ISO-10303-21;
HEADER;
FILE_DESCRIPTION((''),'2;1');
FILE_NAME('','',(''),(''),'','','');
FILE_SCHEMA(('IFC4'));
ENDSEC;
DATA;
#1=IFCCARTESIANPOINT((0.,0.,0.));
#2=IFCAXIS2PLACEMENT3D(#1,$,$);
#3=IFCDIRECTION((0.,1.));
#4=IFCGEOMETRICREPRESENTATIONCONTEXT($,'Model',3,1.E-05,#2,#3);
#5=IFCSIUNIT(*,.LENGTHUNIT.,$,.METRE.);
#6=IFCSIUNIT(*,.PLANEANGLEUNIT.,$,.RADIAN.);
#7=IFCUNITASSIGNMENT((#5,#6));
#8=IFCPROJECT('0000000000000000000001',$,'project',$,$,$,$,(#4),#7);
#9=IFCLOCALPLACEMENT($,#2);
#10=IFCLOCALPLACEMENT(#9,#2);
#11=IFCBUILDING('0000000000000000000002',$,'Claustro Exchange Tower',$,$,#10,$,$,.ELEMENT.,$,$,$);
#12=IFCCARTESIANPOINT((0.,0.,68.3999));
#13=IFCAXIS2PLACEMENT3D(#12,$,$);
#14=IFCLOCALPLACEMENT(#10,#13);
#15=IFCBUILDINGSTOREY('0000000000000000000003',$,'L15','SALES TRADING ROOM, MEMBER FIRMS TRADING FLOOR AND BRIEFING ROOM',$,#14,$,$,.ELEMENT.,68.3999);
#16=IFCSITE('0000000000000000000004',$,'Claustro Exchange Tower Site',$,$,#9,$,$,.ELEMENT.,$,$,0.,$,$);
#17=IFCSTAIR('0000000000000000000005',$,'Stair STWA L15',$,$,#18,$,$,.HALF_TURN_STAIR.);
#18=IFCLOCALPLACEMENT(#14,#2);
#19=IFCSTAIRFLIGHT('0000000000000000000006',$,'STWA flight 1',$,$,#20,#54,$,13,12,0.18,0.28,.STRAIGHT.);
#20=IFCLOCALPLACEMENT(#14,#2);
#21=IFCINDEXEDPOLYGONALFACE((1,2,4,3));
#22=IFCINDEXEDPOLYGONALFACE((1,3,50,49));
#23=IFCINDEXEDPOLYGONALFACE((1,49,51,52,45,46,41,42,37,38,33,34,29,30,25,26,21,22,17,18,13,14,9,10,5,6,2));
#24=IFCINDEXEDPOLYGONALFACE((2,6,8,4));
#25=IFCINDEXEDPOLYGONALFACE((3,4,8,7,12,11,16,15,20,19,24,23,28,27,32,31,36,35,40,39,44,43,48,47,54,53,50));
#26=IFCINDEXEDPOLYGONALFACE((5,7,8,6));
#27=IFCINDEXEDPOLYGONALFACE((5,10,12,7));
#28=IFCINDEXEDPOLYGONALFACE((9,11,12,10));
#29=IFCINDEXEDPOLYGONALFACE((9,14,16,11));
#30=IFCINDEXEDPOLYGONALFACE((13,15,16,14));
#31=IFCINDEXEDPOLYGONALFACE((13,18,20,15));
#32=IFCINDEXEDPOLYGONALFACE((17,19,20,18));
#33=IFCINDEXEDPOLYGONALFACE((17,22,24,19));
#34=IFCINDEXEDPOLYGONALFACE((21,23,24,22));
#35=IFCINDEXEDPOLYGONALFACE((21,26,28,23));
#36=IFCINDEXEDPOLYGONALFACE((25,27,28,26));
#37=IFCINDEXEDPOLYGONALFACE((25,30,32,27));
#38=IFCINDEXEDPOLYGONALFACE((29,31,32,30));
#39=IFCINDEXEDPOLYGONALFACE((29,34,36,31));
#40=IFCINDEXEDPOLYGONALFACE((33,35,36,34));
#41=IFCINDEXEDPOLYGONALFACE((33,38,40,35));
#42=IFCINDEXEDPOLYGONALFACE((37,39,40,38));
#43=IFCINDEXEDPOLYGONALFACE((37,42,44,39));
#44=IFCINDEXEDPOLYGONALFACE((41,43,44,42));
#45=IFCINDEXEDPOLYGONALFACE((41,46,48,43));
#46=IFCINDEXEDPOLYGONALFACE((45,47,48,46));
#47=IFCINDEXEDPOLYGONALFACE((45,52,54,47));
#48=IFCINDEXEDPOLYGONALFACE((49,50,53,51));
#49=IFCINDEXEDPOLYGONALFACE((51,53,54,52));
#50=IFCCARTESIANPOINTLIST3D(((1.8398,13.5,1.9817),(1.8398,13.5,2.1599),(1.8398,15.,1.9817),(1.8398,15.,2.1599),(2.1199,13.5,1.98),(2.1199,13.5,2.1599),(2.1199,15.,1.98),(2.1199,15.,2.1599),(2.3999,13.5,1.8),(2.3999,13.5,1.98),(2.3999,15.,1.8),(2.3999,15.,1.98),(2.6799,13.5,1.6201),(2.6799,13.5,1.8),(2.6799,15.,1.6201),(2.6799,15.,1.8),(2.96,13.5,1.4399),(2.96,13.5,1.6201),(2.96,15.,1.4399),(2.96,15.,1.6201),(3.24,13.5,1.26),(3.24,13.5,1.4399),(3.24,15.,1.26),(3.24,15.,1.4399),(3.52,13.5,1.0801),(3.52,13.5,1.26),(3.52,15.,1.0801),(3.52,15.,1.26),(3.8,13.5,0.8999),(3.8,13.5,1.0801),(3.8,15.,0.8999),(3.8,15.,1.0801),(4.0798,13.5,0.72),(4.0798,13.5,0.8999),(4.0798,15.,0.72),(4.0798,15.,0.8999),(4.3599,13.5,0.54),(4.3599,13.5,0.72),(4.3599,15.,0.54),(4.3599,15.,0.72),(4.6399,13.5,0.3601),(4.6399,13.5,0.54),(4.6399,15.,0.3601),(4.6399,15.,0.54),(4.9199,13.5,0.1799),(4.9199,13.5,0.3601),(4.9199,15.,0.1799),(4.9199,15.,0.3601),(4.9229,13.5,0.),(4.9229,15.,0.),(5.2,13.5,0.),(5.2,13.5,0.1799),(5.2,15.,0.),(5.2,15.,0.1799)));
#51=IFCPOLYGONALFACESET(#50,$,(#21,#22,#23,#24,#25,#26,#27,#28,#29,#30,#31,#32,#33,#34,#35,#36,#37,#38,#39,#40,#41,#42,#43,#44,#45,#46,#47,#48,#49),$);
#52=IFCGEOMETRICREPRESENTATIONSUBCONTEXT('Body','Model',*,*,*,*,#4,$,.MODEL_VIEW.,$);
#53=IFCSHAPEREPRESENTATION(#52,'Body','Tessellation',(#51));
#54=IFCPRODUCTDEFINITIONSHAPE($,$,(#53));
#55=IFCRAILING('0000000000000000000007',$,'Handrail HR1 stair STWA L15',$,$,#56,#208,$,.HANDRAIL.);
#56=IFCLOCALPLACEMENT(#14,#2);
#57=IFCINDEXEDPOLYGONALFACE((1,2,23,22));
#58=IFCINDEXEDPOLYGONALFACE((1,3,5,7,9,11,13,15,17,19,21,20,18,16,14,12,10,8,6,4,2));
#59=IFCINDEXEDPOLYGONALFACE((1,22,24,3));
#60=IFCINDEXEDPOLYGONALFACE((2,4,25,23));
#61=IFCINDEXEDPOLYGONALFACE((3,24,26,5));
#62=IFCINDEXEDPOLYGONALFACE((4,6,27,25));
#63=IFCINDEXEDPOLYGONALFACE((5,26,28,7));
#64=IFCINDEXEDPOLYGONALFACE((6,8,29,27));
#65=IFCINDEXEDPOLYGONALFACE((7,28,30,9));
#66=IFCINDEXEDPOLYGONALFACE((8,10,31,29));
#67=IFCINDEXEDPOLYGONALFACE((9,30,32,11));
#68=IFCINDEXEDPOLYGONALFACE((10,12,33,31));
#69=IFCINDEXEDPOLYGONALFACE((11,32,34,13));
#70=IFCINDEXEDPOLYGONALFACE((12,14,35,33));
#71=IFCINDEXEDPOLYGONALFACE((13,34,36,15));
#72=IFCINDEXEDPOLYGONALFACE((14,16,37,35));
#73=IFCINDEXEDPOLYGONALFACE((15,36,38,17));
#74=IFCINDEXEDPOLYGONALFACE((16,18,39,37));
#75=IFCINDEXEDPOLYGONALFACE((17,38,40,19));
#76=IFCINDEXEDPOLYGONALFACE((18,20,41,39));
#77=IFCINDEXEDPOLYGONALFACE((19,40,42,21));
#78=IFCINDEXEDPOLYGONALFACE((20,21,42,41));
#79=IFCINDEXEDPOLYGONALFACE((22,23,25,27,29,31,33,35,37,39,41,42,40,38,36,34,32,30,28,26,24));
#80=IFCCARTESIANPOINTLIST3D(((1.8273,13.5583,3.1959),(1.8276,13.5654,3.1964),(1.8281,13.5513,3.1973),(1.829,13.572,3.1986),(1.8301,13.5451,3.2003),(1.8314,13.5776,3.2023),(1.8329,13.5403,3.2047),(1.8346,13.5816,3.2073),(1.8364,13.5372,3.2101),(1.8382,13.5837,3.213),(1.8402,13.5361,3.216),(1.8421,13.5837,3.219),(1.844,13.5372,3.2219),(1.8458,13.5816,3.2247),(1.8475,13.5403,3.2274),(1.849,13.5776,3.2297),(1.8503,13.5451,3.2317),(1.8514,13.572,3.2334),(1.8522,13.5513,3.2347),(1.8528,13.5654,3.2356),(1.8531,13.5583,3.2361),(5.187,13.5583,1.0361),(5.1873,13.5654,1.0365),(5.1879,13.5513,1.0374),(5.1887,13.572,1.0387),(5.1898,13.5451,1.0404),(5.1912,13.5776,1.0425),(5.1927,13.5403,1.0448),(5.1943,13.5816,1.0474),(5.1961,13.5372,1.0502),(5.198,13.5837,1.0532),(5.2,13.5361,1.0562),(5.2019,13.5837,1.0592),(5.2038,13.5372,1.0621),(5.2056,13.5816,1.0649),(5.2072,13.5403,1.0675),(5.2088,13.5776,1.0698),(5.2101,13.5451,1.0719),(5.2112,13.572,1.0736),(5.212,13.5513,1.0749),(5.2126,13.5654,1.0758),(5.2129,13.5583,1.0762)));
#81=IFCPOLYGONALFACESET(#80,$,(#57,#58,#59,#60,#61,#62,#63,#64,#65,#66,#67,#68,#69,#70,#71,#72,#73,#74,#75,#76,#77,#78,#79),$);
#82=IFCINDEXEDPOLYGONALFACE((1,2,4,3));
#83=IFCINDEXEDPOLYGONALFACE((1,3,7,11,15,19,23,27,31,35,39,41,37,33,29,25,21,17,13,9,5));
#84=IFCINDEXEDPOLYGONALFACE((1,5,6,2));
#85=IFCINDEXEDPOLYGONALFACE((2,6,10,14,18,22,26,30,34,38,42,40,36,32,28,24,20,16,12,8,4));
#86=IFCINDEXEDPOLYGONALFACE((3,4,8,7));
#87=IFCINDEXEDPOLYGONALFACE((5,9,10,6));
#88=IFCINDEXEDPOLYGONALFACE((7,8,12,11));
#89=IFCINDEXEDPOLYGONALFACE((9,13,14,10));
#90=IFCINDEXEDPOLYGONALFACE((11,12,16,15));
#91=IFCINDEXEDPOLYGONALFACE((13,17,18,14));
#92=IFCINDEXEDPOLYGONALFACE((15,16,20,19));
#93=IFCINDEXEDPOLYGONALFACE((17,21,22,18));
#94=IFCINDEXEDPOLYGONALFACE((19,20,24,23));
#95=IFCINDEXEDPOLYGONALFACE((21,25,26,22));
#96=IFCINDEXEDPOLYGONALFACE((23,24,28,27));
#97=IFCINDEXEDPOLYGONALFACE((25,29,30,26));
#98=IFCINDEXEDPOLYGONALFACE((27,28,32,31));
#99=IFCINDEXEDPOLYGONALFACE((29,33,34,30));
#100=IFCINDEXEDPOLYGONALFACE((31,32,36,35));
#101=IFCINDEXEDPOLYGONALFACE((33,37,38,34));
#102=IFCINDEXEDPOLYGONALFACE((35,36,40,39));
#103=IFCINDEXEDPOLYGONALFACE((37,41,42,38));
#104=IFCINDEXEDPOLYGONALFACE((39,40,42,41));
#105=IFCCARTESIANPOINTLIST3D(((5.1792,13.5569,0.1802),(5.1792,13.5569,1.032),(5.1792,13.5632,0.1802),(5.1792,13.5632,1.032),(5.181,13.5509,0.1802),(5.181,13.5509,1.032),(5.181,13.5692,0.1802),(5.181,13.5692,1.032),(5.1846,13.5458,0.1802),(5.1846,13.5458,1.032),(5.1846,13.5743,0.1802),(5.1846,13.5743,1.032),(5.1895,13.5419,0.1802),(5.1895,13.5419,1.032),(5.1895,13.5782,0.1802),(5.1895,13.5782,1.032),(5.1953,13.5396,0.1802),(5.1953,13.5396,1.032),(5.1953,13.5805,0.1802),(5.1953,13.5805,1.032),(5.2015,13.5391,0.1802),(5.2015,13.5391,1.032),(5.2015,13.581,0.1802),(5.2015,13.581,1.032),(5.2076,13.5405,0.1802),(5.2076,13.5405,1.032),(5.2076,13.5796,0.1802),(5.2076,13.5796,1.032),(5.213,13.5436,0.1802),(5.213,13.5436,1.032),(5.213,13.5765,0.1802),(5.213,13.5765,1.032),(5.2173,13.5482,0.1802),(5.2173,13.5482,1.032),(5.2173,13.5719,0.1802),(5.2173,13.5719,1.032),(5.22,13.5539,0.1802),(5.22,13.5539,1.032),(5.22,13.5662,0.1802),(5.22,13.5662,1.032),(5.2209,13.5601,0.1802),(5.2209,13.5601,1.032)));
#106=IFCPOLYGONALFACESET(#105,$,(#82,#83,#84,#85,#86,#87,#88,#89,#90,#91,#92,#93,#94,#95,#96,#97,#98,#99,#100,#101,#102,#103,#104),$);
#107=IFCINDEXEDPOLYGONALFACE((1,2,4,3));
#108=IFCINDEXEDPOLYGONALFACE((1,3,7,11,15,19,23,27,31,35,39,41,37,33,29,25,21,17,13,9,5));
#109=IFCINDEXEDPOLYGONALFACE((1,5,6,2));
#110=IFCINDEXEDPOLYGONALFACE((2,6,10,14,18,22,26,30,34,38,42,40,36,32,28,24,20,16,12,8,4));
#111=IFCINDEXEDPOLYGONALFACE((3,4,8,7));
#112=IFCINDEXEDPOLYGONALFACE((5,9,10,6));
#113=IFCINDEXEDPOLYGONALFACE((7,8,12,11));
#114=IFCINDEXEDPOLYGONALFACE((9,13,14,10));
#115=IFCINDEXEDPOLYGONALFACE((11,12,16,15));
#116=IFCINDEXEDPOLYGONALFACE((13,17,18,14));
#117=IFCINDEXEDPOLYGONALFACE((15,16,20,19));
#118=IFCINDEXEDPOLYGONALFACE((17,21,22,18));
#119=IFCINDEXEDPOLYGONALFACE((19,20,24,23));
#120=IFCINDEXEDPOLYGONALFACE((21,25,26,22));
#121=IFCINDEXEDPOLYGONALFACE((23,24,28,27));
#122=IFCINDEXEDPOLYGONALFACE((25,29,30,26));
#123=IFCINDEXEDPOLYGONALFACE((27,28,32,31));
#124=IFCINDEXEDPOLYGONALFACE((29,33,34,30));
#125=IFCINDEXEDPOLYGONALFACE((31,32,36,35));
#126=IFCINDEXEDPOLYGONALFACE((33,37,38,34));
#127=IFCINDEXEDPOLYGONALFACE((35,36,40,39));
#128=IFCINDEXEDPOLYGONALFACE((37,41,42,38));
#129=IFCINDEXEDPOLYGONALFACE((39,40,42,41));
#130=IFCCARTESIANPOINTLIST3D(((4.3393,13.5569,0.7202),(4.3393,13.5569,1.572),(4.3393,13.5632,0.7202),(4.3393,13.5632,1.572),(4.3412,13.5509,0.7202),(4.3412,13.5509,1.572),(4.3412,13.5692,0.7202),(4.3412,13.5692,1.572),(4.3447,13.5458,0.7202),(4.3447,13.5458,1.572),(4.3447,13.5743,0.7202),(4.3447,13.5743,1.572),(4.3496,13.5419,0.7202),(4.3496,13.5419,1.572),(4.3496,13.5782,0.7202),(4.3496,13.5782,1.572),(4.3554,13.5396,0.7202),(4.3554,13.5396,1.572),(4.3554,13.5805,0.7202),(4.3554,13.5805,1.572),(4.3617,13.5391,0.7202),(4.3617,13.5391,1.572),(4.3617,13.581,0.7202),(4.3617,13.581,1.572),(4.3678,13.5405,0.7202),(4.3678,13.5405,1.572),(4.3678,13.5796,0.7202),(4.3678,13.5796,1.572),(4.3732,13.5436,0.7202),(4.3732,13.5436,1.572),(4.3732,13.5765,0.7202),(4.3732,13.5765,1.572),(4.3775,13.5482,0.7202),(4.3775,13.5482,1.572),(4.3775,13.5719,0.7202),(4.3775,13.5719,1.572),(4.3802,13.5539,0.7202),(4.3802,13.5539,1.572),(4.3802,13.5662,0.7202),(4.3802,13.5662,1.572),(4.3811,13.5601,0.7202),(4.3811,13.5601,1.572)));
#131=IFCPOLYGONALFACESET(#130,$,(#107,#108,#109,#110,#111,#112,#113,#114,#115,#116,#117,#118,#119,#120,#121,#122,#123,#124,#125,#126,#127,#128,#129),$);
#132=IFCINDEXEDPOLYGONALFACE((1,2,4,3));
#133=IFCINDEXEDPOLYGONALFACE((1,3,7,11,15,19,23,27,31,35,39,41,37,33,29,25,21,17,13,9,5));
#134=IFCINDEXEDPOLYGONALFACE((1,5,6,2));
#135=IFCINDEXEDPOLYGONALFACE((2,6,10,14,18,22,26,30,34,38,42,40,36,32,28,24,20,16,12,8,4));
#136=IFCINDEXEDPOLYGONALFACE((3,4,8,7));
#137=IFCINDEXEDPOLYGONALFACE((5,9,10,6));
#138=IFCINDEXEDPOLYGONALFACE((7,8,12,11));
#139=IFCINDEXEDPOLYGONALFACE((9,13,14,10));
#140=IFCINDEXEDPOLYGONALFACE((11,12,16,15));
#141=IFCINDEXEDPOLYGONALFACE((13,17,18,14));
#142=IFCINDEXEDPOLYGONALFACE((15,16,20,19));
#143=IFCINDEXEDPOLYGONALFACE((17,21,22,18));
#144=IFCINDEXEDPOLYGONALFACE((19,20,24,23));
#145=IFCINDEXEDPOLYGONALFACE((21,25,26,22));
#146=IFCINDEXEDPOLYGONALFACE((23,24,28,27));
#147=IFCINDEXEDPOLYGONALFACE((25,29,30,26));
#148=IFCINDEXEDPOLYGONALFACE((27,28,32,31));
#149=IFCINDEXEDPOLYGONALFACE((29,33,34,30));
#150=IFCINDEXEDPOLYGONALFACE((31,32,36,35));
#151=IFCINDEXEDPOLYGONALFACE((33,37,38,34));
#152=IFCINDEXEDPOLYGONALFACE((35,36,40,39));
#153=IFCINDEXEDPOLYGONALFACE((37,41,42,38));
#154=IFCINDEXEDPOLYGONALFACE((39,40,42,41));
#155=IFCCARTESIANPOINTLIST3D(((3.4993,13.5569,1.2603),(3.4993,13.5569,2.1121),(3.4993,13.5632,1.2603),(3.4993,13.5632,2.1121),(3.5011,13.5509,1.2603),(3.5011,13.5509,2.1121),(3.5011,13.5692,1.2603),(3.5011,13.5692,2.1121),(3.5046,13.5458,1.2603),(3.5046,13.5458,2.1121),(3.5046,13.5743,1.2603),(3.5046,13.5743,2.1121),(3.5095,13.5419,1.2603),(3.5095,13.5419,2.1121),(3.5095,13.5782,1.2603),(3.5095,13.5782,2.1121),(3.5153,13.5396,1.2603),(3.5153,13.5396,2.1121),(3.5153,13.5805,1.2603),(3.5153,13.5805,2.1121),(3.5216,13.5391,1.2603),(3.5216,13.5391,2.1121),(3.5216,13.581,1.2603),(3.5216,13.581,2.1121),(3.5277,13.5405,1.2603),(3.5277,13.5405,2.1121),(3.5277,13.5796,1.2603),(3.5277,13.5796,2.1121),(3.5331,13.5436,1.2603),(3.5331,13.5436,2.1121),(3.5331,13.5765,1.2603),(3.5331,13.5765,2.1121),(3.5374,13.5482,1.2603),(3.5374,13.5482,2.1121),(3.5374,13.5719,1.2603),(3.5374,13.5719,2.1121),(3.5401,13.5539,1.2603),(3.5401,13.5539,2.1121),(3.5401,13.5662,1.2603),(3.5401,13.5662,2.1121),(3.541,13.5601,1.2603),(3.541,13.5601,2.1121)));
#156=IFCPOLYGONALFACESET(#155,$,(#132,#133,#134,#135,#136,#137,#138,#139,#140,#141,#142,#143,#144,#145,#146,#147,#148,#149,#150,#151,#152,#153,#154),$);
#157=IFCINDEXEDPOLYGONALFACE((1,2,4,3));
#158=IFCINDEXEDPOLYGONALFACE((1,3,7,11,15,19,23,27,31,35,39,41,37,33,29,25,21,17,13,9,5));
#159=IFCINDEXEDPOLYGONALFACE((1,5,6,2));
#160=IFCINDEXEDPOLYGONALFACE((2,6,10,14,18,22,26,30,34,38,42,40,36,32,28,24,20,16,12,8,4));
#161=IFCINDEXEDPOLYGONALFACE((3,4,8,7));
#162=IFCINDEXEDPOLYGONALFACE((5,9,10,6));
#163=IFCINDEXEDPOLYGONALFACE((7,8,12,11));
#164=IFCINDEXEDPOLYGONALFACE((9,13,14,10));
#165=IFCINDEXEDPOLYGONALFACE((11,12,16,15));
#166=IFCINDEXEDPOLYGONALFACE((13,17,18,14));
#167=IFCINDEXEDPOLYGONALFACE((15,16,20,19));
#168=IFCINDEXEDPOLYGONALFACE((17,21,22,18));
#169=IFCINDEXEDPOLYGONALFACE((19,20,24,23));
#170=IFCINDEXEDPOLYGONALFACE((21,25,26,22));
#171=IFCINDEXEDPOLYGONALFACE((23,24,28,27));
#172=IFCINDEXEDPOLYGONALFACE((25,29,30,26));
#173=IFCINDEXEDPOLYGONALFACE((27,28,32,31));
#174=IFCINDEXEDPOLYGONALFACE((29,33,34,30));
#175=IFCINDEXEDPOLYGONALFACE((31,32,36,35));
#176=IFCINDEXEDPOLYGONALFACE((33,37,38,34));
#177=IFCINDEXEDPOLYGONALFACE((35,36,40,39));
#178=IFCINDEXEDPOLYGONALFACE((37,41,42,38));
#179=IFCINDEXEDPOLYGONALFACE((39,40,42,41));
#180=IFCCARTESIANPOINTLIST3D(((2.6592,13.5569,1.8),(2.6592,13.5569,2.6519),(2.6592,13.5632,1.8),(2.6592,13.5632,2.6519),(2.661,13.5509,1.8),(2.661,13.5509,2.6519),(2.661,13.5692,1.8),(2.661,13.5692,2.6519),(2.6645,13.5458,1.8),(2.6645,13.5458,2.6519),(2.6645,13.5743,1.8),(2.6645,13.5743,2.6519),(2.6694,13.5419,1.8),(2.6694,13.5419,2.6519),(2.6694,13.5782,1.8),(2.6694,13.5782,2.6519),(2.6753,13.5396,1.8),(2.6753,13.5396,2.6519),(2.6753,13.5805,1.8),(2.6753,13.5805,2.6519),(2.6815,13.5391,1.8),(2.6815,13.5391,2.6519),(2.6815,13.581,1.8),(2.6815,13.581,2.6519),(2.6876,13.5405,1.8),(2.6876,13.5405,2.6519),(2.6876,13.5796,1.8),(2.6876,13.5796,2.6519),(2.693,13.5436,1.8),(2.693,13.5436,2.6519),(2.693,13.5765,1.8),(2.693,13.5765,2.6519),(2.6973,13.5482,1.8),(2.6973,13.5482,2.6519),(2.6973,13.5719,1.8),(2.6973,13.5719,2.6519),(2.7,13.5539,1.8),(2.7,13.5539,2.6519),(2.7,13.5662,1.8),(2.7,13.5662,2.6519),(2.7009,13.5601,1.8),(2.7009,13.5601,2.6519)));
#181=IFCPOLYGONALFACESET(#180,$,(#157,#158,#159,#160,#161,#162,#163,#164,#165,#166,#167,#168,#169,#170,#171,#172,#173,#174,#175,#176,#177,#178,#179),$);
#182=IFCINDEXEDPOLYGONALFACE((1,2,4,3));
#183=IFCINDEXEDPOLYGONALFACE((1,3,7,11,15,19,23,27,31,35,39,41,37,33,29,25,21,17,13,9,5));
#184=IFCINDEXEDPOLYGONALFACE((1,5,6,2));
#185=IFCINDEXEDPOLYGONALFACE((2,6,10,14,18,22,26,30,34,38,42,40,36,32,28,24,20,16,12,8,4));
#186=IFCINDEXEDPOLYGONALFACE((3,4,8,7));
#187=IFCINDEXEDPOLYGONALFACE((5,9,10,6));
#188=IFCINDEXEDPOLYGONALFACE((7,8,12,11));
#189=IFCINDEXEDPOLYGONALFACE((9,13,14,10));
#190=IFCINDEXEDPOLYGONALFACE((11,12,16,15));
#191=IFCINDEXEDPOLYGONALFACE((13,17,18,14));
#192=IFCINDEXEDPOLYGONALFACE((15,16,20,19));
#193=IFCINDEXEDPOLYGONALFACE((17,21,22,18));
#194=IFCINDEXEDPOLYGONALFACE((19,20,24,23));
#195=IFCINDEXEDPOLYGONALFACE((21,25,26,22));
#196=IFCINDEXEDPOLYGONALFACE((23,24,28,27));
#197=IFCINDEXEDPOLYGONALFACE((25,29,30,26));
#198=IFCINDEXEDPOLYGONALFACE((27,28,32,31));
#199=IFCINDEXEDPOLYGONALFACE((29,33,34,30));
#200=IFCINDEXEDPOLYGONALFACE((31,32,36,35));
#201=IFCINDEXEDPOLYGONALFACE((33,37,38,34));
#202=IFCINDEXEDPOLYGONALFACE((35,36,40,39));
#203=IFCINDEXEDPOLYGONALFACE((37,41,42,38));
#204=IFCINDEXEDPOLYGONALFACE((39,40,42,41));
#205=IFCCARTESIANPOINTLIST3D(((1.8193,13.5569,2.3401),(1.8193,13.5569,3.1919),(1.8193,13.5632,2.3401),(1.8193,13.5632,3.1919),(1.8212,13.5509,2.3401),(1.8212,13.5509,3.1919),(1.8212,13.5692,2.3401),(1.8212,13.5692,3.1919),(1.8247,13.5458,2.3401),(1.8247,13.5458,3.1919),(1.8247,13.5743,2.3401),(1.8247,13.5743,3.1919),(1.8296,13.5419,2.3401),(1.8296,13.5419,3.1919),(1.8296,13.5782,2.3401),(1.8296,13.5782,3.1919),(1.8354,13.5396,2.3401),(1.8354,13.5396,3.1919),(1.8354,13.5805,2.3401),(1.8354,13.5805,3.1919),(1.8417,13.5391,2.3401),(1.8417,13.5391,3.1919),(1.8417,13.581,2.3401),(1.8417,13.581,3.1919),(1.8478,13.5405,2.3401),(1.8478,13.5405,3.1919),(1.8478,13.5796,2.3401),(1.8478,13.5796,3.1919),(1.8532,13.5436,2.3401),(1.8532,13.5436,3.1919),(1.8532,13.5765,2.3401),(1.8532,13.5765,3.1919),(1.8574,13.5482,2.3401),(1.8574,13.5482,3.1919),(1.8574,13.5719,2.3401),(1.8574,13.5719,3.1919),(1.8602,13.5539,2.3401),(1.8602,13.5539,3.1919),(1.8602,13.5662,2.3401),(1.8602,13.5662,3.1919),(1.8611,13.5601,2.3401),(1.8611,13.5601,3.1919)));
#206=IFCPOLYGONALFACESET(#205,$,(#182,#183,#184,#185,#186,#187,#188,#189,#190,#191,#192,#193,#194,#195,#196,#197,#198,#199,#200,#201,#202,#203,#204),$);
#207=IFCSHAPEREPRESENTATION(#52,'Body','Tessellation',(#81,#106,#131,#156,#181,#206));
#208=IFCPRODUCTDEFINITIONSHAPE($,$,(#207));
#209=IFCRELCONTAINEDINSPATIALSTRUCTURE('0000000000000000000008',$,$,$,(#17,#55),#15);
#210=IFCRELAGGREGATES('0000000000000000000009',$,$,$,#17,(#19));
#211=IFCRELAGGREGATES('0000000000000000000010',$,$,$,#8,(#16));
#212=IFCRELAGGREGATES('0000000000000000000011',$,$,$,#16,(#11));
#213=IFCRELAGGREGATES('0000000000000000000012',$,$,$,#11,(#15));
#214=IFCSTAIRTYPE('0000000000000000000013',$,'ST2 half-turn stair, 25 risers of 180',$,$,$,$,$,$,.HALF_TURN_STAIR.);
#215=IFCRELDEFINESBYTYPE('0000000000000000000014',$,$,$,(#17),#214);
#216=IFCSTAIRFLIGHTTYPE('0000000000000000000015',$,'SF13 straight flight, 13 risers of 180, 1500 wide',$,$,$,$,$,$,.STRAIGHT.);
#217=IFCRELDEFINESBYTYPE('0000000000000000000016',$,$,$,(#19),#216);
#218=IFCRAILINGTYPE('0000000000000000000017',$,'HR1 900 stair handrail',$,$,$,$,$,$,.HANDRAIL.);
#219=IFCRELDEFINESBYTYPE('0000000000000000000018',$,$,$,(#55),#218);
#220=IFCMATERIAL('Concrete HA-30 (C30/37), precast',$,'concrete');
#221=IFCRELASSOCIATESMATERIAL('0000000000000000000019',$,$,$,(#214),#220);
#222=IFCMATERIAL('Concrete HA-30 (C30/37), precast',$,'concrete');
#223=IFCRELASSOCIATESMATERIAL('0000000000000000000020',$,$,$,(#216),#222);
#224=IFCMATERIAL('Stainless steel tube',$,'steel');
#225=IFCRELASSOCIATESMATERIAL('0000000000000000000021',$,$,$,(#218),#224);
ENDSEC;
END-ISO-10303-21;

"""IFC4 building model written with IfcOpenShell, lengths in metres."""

from ifc_helpers import new_model, si_unit, direction, frame, origin, origin_2d, place, context, subcontext, project, spatial, polyline, circle, outline, extrude, material, type_object, element, aggregate, save


model = new_model("IFC4")

# Units and contexts
model_context = context("Model", 3, precision=1e-05, world=origin(), true_north=direction((0.0, 1.0)))
body_context = subcontext(model_context, "Body", "Model", "MODEL_VIEW")
ifc_project = project(units=[si_unit("LENGTHUNIT", "METRE"), si_unit("PLANEANGLEUNIT", "RADIAN")], contexts=[model_context])

# Site, building, storey
site_placement = place(None, origin())
site = spatial("IfcSite", under=ifc_project, at=site_placement, Name="Claustro Exchange Tower Site", CompositionType="ELEMENT", RefElevation=0.0)
building_placement = place(site_placement, origin())
building = spatial("IfcBuilding", under=site, at=building_placement, Name="Claustro Exchange Tower", CompositionType="ELEMENT")
storey_placement = place(building_placement, frame((0.0, 0.0, 68.3999)))
storey = spatial("IfcBuildingStorey", under=building, at=storey_placement, Name="L15", Description="SALES TRADING ROOM, MEMBER FIRMS TRADING FLOOR AND BRIEFING ROOM", CompositionType="ELEMENT", Elevation=68.3999)

# Stair, stair flight
ifc_material_1 = material(Name="Concrete HA-30 (C30/37), precast", Category="concrete")
stair_type = type_object("IfcStairType", Name="ST2 half-turn stair, 25 risers of 180", PredefinedType="HALF_TURN_STAIR", material=ifc_material_1)
stair_placement = place(storey_placement, origin())
stair = element("IfcStair", 1, at=stair_placement, inside=storey, type_object=stair_type, Name="Stair STWA L15", PredefinedType="HALF_TURN_STAIR")
ifc_material_2 = material(Name="Concrete HA-30 (C30/37), precast", Category="concrete")
stair_flight_type = type_object("IfcStairFlightType", Name="SF13 straight flight, 13 risers of 180, 1500 wide", PredefinedType="STRAIGHT", material=ifc_material_2)
stair_flight_placement = place(storey_placement, frame((5.2, 14.25, 0.0), z_axis=(0.0, 0.0, 1.0), x_axis=(-1.0, 0.0, 0.0)))
stair_flight = element("IfcStairFlight", 2, at=stair_flight_placement, type_object=stair_flight_type, Name="STWA flight 1", NumberOfRisers=13, NumberOfTreads=12, PredefinedType="STRAIGHT", RiserHeight=0.18, TreadLength=0.28, context=body_context, shape_type="SweptSolid", body=[
    extrude(outline(polyline([(0.0, 0.0), (0.0, 0.1799), (0.28, 0.1799), (0.28, 0.3601), (0.5601, 0.3601), (0.5601, 0.54), (0.8401, 0.54), (0.8401, 0.72), (1.1201, 0.72), (1.1201, 0.8999), (1.3999, 0.8999), (1.3999, 1.0801), (1.6799, 1.0801), (1.6799, 1.26), (1.96, 1.26), (1.96, 1.4399), (2.24, 1.4399), (2.24, 1.6201), (2.52, 1.6201), (2.52, 1.8), (2.8, 1.8), (2.8, 1.98), (3.0801, 1.98), (3.0801, 2.1599), (3.3601, 2.1599), (3.3601, 2.3401), (3.3601, 1.9817), (0.2771, 0.0), (0.0, 0.0)])), frame((0.0, 0.75, 0.0), z_axis=(0.0, -1.0, 0.0), x_axis=(1.0, 0.0, 0.0)), (0.0, 0.0, 1.0), 1.5),
])
aggregate(stair, [stair_flight])

# Railing
ifc_material_3 = material(Name="Stainless steel tube", Category="steel")
railing_type_1 = type_object("IfcRailingType", Name="HR1 900 stair handrail", PredefinedType="HANDRAIL", material=ifc_material_3)
railing_1_placement = place(storey_placement, frame((5.2, 13.5601, 0.1802)))
element("IfcRailing", 3, at=railing_1_placement, inside=storey, type_object=railing_type_1, Name="Handrail HR1 stair STWA L15", PredefinedType="HANDRAIL", context=body_context, shape_type="SweptSolid", body=[
    extrude(circle(Radius=0.0239, at=origin_2d()), frame((0.0, 0.0, 0.876), z_axis=(-0.841178, 0.0, 0.540758), x_axis=(0.0, -1.0, 0.0)), (0.0, 0.0, 1.0), 3.9941),
    extrude(circle(Radius=0.021, at=origin_2d()), origin(), (0.0, 0.0, 1.0), 0.8518),
    extrude(circle(Radius=0.021, at=origin_2d()), frame((-0.8398, 0.0, 0.54)), (0.0, 0.0, 1.0), 0.8518),
    extrude(circle(Radius=0.021, at=origin_2d()), frame((-1.6799, 0.0, 1.0801)), (0.0, 0.0, 1.0), 0.8518),
    extrude(circle(Radius=0.021, at=origin_2d()), frame((-2.52, 0.0, 1.6199)), (0.0, 0.0, 1.0), 0.8518),
    extrude(circle(Radius=0.021, at=origin_2d()), frame((-3.3599, 0.0, 2.1599)), (0.0, 0.0, 1.0), 0.8518),
])

save(model, "model.ifc")
